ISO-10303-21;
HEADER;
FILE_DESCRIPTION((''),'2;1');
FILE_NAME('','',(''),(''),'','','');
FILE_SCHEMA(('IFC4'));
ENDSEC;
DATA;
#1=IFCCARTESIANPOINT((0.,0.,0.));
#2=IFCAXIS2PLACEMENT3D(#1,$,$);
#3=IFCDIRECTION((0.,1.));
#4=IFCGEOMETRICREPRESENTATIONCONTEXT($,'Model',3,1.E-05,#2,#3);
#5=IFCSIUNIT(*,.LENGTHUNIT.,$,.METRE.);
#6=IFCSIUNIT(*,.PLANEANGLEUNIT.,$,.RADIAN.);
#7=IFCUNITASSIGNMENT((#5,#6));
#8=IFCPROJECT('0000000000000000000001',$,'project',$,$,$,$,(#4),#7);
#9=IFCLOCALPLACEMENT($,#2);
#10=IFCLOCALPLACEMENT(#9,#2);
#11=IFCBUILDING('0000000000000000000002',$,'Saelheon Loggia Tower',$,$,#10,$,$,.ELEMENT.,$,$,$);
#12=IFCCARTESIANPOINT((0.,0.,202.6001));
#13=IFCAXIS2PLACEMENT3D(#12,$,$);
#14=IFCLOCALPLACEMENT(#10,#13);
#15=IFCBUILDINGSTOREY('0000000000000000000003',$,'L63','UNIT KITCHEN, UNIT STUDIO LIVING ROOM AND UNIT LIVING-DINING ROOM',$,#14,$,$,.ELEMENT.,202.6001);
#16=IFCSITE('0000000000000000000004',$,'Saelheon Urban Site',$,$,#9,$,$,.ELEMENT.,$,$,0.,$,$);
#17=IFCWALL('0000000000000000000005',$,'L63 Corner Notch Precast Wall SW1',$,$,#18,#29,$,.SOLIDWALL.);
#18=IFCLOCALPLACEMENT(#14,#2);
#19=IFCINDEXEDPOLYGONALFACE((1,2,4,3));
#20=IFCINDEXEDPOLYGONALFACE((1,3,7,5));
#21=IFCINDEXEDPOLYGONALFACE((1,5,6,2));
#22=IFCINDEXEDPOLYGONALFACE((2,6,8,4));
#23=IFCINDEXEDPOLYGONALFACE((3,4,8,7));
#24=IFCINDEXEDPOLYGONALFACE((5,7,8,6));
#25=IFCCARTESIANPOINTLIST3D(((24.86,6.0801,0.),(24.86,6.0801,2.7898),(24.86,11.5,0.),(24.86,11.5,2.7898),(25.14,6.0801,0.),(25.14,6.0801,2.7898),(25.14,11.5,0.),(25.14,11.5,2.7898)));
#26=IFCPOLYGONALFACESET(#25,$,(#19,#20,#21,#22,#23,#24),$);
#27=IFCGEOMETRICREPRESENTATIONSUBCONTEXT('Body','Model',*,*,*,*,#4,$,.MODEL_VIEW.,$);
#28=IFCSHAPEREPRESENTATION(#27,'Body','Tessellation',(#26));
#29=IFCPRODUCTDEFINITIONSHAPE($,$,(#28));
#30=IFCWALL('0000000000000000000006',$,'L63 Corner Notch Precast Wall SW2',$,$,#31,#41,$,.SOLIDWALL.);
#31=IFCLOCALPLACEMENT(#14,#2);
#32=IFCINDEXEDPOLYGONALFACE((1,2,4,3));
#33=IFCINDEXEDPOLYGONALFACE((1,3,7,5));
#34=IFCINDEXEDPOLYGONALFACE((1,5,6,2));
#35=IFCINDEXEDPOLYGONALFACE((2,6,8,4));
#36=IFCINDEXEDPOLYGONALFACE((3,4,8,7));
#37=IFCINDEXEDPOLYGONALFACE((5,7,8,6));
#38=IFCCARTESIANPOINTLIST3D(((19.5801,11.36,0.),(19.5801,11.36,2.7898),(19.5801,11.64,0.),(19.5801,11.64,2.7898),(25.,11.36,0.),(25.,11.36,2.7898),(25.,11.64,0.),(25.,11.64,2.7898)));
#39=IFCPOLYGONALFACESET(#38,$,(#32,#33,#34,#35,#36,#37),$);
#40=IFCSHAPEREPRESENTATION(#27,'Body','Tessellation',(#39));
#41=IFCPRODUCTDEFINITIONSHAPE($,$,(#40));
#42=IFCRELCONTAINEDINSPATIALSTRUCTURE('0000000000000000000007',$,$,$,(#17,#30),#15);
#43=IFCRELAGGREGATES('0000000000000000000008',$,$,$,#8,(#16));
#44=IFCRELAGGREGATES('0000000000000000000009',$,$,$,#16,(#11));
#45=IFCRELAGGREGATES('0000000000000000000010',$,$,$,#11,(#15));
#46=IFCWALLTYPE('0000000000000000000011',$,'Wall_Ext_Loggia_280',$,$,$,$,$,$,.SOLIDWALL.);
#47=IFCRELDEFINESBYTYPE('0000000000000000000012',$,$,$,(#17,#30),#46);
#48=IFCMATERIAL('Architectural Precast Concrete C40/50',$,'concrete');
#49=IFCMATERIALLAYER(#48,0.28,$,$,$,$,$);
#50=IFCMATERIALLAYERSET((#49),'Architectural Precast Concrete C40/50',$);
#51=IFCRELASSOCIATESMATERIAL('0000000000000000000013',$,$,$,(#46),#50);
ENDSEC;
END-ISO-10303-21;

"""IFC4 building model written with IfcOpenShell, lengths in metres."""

from ifc_helpers import new_model, si_unit, direction, frame, frame_2d, origin, place, context, subcontext, project, spatial, rectangle, extrude, material, layer, layer_set, type_object, element, save


model = new_model("IFC4")

# Units and contexts
model_context = context("Model", 3, precision=1e-05, world=origin(), true_north=direction((0.0, 1.0)))
body_context = subcontext(model_context, "Body", "Model", "MODEL_VIEW")
ifc_project = project(units=[si_unit("LENGTHUNIT", "METRE"), si_unit("PLANEANGLEUNIT", "RADIAN")], contexts=[model_context])

# Site, building, storey
site_placement = place(None, origin())
site = spatial("IfcSite", under=ifc_project, at=site_placement, Name="Saelheon Urban Site", CompositionType="ELEMENT", RefElevation=0.0)
building_placement = place(site_placement, origin())
building = spatial("IfcBuilding", under=site, at=building_placement, Name="Saelheon Loggia Tower", CompositionType="ELEMENT")
storey_placement = place(building_placement, frame((0.0, 0.0, 202.6001)))
storey = spatial("IfcBuildingStorey", under=building, at=storey_placement, Name="L63", Description="UNIT KITCHEN, UNIT STUDIO LIVING ROOM AND UNIT LIVING-DINING ROOM", CompositionType="ELEMENT", Elevation=202.6001)

# Shared definitions
ifc_material_1 = material(Name="Architectural Precast Concrete C40/50", Category="concrete")
ifc_layer = layer(ifc_material_1, 0.28)
ifc_layer_set = layer_set([ifc_layer], Name="Architectural Precast Concrete C40/50")
wall_type = type_object("IfcWallType", Name="Wall_Ext_Loggia_280", PredefinedType="SOLIDWALL", material=ifc_layer_set)

# Walls
for number, where, z_axis, x_axis, name in (
    (1, (25.0, 6.0801, 0.0), (0.0, 0.0, 1.0), (0.0, 1.0, 0.0), "L63 Corner Notch Precast Wall SW1"),
    (2, (19.5801, 11.5, 0.0), (0.0, 0.0, 1.0), (1.0, 0.0, 0.0), "L63 Corner Notch Precast Wall SW2"),
):
    element("IfcWall", number, at=place(storey_placement, frame(where, z_axis=z_axis, x_axis=x_axis)), inside=storey, type_object=wall_type, Name=name, PredefinedType="SOLIDWALL", context=body_context, shape_type="SweptSolid", body=[
        extrude(rectangle(XDim=5.4199, YDim=0.28, at=frame_2d((2.71, 0.0))), origin(), (0.0, 0.0, 1.0), 2.7898),
    ])

save(model, "model.ifc")
